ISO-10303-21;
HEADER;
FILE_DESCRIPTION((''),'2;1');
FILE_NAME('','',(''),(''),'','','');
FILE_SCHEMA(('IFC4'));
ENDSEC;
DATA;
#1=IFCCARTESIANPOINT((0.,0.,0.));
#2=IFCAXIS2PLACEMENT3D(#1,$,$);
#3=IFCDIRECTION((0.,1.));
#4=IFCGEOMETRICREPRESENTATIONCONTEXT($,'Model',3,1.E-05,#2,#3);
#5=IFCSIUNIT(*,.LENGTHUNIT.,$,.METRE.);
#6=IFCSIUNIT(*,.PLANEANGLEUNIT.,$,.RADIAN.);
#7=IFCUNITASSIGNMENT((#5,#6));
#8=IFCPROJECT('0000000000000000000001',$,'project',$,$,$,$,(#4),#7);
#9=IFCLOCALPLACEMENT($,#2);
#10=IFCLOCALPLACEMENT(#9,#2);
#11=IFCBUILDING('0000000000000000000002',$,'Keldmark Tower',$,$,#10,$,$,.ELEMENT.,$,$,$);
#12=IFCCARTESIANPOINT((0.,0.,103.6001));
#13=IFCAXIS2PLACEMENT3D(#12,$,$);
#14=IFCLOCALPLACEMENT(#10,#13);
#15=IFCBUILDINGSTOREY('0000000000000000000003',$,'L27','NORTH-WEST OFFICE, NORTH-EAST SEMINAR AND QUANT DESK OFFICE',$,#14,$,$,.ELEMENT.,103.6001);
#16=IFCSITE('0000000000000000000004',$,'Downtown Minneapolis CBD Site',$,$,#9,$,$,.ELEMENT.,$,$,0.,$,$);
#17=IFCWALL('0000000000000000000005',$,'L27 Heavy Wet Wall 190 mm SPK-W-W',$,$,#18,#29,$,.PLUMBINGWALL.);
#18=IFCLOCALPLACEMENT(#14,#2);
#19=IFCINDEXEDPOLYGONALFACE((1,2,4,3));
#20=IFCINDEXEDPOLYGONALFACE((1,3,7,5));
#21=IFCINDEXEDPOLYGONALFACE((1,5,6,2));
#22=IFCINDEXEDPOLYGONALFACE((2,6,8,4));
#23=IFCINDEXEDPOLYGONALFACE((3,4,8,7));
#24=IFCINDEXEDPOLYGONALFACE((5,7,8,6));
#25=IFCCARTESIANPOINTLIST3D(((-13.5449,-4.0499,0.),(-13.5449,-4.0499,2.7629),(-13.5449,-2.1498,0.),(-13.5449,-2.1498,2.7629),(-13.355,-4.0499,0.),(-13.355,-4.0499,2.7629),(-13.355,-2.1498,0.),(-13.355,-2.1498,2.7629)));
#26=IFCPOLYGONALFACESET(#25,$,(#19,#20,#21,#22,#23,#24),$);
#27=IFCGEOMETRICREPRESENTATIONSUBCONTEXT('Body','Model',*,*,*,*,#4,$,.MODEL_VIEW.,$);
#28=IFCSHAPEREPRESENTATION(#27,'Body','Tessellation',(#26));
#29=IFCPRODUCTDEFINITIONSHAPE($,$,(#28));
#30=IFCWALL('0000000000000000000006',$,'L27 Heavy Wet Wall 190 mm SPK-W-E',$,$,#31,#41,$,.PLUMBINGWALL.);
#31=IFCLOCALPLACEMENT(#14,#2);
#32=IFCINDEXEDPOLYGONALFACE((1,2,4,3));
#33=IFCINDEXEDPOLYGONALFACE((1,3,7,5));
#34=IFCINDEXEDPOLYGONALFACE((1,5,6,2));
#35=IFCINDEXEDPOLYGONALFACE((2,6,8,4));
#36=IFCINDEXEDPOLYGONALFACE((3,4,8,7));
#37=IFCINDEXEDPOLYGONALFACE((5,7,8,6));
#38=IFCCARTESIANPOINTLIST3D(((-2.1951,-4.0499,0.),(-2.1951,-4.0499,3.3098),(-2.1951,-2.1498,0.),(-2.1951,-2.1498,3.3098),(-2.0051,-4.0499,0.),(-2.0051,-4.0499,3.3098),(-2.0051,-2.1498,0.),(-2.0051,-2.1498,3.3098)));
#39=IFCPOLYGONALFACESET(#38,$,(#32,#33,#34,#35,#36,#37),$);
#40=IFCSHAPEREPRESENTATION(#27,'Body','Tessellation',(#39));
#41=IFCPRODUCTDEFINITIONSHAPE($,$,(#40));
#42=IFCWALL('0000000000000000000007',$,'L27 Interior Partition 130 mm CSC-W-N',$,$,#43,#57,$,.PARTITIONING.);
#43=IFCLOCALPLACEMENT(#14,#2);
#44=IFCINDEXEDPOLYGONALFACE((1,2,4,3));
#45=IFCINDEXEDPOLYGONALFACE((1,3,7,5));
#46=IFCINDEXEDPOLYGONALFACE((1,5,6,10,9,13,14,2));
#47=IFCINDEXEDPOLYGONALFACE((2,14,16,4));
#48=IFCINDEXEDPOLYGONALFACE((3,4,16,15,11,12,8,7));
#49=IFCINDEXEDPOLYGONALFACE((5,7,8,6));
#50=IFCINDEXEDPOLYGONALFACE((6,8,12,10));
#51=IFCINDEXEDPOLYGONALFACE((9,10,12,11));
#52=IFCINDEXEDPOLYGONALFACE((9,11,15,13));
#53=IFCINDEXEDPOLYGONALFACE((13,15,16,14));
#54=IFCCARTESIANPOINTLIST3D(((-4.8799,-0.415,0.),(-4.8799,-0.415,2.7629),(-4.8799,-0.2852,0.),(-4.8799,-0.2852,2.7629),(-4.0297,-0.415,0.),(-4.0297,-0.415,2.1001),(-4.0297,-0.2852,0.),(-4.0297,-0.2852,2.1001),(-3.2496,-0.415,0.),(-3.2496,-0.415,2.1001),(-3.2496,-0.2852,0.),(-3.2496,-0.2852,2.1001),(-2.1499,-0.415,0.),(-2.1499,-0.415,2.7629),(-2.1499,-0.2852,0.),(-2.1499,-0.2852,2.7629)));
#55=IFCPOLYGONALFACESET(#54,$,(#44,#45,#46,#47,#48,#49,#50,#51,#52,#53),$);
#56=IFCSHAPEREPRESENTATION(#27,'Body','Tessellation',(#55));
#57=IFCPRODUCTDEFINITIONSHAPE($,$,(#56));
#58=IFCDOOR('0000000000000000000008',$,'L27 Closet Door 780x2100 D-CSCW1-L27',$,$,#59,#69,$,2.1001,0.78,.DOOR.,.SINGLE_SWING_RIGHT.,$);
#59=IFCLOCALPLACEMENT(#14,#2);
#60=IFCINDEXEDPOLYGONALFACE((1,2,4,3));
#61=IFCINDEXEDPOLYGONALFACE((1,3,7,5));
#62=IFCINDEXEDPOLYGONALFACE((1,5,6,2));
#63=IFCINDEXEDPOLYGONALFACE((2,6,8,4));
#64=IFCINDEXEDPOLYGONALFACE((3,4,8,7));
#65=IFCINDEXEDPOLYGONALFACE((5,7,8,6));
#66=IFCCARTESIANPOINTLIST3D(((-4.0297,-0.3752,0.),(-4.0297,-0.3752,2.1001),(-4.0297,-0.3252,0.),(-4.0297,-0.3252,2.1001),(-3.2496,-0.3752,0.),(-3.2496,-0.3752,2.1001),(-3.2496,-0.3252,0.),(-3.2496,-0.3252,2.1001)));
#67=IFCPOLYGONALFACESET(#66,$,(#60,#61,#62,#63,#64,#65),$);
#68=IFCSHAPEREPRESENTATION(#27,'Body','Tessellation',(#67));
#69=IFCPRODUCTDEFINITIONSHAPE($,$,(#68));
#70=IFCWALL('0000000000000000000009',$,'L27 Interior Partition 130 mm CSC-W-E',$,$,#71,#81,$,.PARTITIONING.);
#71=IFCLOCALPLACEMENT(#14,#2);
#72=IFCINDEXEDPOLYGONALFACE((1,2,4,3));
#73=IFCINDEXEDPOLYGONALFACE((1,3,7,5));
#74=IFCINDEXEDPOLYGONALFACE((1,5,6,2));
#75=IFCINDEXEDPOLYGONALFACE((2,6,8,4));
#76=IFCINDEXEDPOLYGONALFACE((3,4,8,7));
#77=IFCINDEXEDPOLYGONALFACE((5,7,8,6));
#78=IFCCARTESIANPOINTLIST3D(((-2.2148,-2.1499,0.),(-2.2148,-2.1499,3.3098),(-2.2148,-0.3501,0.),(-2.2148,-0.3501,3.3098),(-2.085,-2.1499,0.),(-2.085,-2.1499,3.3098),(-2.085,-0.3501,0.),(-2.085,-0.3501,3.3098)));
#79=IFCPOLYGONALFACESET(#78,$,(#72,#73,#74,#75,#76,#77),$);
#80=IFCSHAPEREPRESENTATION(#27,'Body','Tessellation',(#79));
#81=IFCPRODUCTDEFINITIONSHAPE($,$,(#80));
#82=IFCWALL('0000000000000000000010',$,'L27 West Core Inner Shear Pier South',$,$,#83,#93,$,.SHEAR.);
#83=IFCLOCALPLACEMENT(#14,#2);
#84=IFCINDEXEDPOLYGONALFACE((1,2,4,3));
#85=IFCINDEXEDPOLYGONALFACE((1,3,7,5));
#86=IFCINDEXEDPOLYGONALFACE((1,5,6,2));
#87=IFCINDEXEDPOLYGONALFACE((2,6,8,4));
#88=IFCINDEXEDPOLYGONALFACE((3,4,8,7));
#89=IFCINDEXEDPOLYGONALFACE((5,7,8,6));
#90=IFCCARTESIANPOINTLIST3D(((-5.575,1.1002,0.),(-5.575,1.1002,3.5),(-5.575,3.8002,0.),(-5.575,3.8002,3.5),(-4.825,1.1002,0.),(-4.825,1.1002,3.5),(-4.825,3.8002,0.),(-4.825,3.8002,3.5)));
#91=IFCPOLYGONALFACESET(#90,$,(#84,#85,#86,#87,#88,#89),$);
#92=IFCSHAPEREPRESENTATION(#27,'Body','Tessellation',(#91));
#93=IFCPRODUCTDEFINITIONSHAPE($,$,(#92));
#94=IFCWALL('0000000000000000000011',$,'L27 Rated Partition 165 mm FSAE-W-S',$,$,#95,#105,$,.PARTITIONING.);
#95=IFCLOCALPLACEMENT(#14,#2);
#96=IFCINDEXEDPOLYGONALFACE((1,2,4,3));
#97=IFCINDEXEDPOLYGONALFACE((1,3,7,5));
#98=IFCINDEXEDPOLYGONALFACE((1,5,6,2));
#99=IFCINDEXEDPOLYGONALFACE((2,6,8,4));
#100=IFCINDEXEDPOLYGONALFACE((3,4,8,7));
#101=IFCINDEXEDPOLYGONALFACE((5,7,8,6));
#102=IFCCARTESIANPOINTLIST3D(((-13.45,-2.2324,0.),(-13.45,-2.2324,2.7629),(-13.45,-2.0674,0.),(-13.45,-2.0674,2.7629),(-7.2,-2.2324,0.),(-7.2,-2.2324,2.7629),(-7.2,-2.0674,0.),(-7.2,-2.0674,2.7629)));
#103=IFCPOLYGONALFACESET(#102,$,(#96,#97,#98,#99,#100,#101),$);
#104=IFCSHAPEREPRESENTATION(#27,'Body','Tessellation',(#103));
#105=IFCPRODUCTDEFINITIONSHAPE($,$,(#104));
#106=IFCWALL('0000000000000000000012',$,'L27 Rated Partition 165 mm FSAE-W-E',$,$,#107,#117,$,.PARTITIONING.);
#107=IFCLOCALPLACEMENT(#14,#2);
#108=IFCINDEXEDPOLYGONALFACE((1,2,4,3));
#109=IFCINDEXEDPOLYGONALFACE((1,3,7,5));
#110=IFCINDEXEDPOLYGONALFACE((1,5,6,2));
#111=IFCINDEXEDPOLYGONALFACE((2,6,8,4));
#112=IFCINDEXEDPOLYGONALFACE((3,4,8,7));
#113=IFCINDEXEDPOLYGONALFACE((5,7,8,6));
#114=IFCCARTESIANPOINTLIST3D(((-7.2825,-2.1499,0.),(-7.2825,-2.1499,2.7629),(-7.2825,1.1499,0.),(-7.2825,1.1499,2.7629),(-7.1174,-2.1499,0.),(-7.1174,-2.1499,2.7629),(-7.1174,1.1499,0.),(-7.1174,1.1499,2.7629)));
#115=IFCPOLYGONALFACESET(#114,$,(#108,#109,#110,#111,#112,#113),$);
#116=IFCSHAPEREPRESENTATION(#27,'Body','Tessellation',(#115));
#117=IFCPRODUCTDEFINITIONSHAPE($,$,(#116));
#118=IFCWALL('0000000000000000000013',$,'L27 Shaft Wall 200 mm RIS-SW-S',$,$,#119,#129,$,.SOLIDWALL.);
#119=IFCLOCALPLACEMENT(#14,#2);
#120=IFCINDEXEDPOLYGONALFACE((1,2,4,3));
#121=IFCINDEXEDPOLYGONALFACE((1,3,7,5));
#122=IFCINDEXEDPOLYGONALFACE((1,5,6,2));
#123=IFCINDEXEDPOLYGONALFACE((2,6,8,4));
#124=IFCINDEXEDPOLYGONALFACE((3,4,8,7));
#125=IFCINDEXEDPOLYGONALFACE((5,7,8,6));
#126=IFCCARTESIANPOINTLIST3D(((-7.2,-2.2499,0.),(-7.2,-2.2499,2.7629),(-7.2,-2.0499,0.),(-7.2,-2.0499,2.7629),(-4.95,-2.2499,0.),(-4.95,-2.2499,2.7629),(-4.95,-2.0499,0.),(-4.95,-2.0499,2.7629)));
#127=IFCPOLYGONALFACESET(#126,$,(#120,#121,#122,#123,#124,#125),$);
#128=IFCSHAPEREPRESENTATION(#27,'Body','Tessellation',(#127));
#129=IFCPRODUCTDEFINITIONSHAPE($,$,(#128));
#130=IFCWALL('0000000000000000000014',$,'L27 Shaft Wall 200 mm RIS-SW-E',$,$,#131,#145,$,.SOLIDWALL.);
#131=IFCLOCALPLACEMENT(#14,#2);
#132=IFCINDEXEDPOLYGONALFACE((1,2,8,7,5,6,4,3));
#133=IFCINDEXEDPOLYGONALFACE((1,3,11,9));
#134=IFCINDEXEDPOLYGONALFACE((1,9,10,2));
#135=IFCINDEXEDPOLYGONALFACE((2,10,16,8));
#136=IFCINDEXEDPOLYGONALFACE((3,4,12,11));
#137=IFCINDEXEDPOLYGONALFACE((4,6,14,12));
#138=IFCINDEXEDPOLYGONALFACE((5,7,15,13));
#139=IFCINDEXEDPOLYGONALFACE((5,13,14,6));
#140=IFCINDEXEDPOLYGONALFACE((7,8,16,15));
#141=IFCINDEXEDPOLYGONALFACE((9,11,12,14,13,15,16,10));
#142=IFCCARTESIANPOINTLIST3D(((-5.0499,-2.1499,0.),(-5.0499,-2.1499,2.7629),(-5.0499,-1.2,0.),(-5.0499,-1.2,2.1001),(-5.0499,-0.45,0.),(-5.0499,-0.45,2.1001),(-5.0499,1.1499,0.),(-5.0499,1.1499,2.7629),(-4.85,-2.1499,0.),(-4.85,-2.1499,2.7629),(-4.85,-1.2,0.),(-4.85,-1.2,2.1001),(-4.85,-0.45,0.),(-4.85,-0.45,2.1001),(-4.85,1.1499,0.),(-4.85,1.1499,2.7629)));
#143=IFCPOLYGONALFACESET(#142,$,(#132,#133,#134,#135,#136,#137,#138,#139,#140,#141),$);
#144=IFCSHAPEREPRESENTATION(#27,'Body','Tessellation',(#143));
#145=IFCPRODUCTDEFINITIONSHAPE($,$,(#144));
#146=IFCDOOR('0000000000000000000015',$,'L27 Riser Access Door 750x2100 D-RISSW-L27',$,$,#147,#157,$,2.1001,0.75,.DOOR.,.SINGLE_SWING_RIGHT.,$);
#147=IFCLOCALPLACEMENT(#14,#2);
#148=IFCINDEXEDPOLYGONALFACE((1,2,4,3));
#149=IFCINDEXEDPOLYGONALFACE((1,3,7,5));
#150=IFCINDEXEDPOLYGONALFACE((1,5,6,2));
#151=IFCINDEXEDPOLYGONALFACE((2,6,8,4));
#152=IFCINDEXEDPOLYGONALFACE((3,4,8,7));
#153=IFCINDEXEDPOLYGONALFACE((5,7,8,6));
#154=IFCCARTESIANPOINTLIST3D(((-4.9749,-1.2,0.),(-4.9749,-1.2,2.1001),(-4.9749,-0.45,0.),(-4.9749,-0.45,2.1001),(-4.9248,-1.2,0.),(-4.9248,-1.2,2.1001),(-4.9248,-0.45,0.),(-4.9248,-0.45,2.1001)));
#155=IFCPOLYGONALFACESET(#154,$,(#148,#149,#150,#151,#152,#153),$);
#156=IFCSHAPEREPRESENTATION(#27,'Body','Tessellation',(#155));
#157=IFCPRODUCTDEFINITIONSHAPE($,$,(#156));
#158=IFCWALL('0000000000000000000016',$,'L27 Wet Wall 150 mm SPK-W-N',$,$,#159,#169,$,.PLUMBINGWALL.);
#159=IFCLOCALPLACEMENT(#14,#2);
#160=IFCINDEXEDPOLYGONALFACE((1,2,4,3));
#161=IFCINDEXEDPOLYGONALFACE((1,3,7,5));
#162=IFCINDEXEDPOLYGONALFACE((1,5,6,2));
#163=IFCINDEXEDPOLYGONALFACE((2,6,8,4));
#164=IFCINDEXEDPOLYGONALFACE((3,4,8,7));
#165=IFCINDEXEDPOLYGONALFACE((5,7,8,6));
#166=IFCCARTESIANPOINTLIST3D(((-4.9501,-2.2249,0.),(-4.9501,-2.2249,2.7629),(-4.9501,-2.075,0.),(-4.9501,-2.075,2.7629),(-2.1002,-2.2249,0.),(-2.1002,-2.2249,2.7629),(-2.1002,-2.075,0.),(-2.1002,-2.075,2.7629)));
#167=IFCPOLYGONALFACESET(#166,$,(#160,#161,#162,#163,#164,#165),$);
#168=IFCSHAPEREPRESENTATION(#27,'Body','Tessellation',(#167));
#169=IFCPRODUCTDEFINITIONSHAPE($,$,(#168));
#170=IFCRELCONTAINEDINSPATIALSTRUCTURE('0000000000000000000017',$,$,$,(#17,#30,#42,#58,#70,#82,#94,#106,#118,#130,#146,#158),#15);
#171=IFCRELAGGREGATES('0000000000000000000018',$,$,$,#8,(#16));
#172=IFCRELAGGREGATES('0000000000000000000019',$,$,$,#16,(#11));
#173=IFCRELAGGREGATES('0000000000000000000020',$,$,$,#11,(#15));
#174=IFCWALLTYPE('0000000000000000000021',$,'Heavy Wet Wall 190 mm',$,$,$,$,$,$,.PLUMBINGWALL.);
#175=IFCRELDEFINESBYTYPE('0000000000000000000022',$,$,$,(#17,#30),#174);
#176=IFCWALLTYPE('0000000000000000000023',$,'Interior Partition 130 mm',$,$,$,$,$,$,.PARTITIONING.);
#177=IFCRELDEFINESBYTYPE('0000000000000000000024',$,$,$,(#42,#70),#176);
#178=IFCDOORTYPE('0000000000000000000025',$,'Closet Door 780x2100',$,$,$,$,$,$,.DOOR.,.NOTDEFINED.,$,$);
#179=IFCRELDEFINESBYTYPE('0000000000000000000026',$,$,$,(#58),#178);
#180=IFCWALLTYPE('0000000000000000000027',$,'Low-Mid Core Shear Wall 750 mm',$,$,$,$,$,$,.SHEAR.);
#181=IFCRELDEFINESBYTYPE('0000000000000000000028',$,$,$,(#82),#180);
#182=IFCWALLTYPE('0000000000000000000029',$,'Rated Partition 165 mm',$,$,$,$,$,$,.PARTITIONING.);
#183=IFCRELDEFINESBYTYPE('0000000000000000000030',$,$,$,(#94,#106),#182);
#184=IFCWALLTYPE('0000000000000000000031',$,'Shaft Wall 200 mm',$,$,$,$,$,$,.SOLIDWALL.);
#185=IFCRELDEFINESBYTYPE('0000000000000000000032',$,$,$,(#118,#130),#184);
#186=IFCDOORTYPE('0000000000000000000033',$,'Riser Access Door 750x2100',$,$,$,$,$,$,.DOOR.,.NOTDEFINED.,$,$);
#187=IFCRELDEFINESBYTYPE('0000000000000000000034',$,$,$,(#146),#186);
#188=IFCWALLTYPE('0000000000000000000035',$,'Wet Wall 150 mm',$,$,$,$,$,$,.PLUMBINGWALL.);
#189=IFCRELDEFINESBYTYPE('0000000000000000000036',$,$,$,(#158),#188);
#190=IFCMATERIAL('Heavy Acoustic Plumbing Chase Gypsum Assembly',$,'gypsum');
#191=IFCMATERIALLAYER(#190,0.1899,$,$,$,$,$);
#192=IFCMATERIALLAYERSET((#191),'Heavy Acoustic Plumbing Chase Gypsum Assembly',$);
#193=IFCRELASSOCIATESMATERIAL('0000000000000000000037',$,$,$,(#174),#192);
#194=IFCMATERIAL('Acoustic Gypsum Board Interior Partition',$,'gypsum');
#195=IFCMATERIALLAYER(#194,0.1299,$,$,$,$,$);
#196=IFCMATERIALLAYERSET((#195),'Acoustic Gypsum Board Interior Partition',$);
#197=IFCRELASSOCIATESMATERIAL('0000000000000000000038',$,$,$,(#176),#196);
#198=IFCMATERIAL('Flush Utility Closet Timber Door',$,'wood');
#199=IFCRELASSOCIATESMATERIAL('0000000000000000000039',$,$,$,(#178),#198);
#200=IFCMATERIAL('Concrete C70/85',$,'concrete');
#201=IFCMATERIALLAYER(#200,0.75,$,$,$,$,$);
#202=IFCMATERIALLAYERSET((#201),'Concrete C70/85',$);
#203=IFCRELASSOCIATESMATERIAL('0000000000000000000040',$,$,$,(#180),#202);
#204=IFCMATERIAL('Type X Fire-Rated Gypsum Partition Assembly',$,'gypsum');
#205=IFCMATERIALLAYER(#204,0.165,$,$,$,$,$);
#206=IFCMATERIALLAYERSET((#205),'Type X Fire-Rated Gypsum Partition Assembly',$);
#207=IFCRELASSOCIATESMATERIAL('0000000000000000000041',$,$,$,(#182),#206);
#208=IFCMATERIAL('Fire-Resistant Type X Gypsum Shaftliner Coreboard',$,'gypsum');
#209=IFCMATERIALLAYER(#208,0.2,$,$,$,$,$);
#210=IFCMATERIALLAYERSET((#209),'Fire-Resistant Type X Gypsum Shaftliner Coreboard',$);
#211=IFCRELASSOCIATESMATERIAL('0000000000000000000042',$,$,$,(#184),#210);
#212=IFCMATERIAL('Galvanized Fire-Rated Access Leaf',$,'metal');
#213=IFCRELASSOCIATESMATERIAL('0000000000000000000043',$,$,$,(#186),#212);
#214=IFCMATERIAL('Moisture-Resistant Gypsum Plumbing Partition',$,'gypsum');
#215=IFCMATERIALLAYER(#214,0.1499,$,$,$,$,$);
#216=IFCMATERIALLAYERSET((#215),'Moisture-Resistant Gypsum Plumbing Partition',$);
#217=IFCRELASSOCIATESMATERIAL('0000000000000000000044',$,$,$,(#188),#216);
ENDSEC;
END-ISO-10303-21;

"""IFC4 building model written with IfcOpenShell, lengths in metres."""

from ifc_helpers import new_model, si_unit, direction, frame, frame_2d, origin, place, context, subcontext, project, spatial, rectangle, extrude, material, layer, layer_set, type_object, element, fill, save


model = new_model("IFC4")

# Units and contexts
model_context = context("Model", 3, precision=1e-05, world=origin(), true_north=direction((0.0, 1.0)))
body_context = subcontext(model_context, "Body", "Model", "MODEL_VIEW")
ifc_project = project(units=[si_unit("LENGTHUNIT", "METRE"), si_unit("PLANEANGLEUNIT", "RADIAN")], contexts=[model_context])

# Site, building, storey
site_placement = place(None, origin())
site = spatial("IfcSite", under=ifc_project, at=site_placement, Name="Downtown Minneapolis CBD Site", CompositionType="ELEMENT", RefElevation=0.0)
building_placement = place(site_placement, origin())
building = spatial("IfcBuilding", under=site, at=building_placement, Name="Keldmark Tower", CompositionType="ELEMENT")
storey_placement = place(building_placement, frame((0.0, 0.0, 103.6001)))
storey = spatial("IfcBuildingStorey", under=building, at=storey_placement, Name="L27", Description="NORTH-WEST OFFICE, NORTH-EAST SEMINAR AND QUANT DESK OFFICE", CompositionType="ELEMENT", Elevation=103.6001)

# Shared definitions
ifc_material_1 = material(Name="Heavy Acoustic Plumbing Chase Gypsum Assembly", Category="gypsum")
ifc_layer_1 = layer(ifc_material_1, 0.1899)
ifc_layer_set_1 = layer_set([ifc_layer_1], Name="Heavy Acoustic Plumbing Chase Gypsum Assembly")
wall_type_1 = type_object("IfcWallType", Name="Heavy Wet Wall 190 mm", PredefinedType="PLUMBINGWALL", material=ifc_layer_set_1)

# Walls
wall_1_placement = place(storey_placement, frame((-13.45, -4.05, 0.0), z_axis=(0.0, 0.0, 1.0), x_axis=(0.0, 1.0, 0.0)))
element("IfcWall", 1, at=wall_1_placement, inside=storey, type_object=wall_type_1, Name="L27 Heavy Wet Wall 190 mm SPK-W-W", PredefinedType="PLUMBINGWALL", context=body_context, shape_type="SweptSolid", body=[
    extrude(rectangle(XDim=1.9001, YDim=0.1899, at=frame_2d((0.9502, 0.0))), origin(), (0.0, 0.0, 1.0), 2.7629),
])
wall_2_placement = place(storey_placement, frame((-2.1001, -4.05, 0.0), z_axis=(0.0, 0.0, 1.0), x_axis=(0.0, 1.0, 0.0)))
element("IfcWall", 2, at=wall_2_placement, inside=storey, type_object=wall_type_1, Name="L27 Heavy Wet Wall 190 mm SPK-W-E", PredefinedType="PLUMBINGWALL", context=body_context, shape_type="SweptSolid", body=[
    extrude(rectangle(XDim=1.9001, YDim=0.1899, at=frame_2d((0.9502, 0.0))), origin(), (0.0, 0.0, 1.0), 3.3098),
])

# Wall, opening, door
ifc_material_2 = material(Name="Acoustic Gypsum Board Interior Partition", Category="gypsum")
ifc_layer_2 = layer(ifc_material_2, 0.1299)
ifc_layer_set_2 = layer_set([ifc_layer_2], Name="Acoustic Gypsum Board Interior Partition")
wall_type_2 = type_object("IfcWallType", Name="Interior Partition 130 mm", PredefinedType="PARTITIONING", material=ifc_layer_set_2)
wall_3_placement = place(storey_placement, frame((-4.8799, -0.3501, 0.0), z_axis=(0.0, 0.0, 1.0), x_axis=(1.0, 0.0, 0.0)))
wall_3 = element("IfcWall", 3, at=wall_3_placement, inside=storey, type_object=wall_type_2, Name="L27 Interior Partition 130 mm CSC-W-N", PredefinedType="PARTITIONING", context=body_context, shape_type="SweptSolid", body=[
    extrude(rectangle(XDim=2.73, YDim=0.1299, at=frame_2d((1.365, 0.0))), origin(), (0.0, 0.0, 1.0), 2.7629),
])
opening_1_placement = place(wall_3_placement, frame((0.8501, 0.0, 0.0)))
opening_1 = element("IfcOpeningElement", 4, at=opening_1_placement, cuts=wall_3, PredefinedType="OPENING", context=body_context, shape_type="SweptSolid", body=[
    extrude(rectangle(XDim=0.78, YDim=2.1001, at=frame_2d((0.3901, 1.05))), frame((0.0, 0.075, 0.0), z_axis=(0.0, -1.0, 0.0), x_axis=(1.0, 0.0, 0.0)), (0.0, 0.0, 1.0), 0.1499),
])
ifc_material_3 = material(Name="Flush Utility Closet Timber Door", Category="wood")
door_type_1 = type_object("IfcDoorType", Name="Closet Door 780x2100", OperationType="NOTDEFINED", PredefinedType="DOOR", material=ifc_material_3)
door_1_placement = place(opening_1_placement, origin())
door_1 = element("IfcDoor", 5, at=door_1_placement, inside=storey, type_object=door_type_1, Name="L27 Closet Door 780x2100 D-CSCW1-L27", OperationType="SINGLE_SWING_RIGHT", OverallHeight=2.1001, OverallWidth=0.78, PredefinedType="DOOR", context=body_context, shape_type="SweptSolid", body=[
    extrude(rectangle(XDim=0.78, YDim=2.1001, at=frame_2d((0.3901, 1.05))), frame((0.0, 0.0249, 0.0), z_axis=(0.0, -1.0, 0.0), x_axis=(1.0, 0.0, 0.0)), (0.0, 0.0, 1.0), 0.05),
])
fill(opening_1, door_1)

# Walls
wall_4_placement = place(storey_placement, frame((-2.1499, -2.1499, 0.0), z_axis=(0.0, 0.0, 1.0), x_axis=(0.0, 1.0, 0.0)))
element("IfcWall", 6, at=wall_4_placement, inside=storey, type_object=wall_type_2, Name="L27 Interior Partition 130 mm CSC-W-E", PredefinedType="PARTITIONING", context=body_context, shape_type="SweptSolid", body=[
    extrude(rectangle(XDim=1.7998, YDim=0.1299, at=frame_2d((0.8999, 0.0))), origin(), (0.0, 0.0, 1.0), 3.3098),
])
ifc_material_4 = material(Name="Concrete C70/85", Category="concrete")
ifc_layer_3 = layer(ifc_material_4, 0.75)
ifc_layer_set_3 = layer_set([ifc_layer_3], Name="Concrete C70/85")
wall_type_3 = type_object("IfcWallType", Name="Low-Mid Core Shear Wall 750 mm", PredefinedType="SHEAR", material=ifc_layer_set_3)
wall_5_placement = place(storey_placement, frame((-5.2, 1.1001, 0.0), z_axis=(0.0, 0.0, 1.0), x_axis=(0.0, 1.0, 0.0)))
element("IfcWall", 7, at=wall_5_placement, inside=storey, type_object=wall_type_3, Name="L27 West Core Inner Shear Pier South", PredefinedType="SHEAR", context=body_context, shape_type="SweptSolid", body=[
    extrude(rectangle(XDim=2.7, YDim=0.75, at=frame_2d((1.3501, 0.0))), origin(), (0.0, 0.0, 1.0), 3.5),
])
ifc_material_5 = material(Name="Type X Fire-Rated Gypsum Partition Assembly", Category="gypsum")
ifc_layer_4 = layer(ifc_material_5, 0.165)
ifc_layer_set_4 = layer_set([ifc_layer_4], Name="Type X Fire-Rated Gypsum Partition Assembly")
wall_type_4 = type_object("IfcWallType", Name="Rated Partition 165 mm", PredefinedType="PARTITIONING", material=ifc_layer_set_4)
wall_6_placement = place(storey_placement, frame((-13.45, -2.1499, 0.0), z_axis=(0.0, 0.0, 1.0), x_axis=(1.0, 0.0, 0.0)))
element("IfcWall", 8, at=wall_6_placement, inside=storey, type_object=wall_type_4, Name="L27 Rated Partition 165 mm FSAE-W-S", PredefinedType="PARTITIONING", context=body_context, shape_type="SweptSolid", body=[
    extrude(rectangle(XDim=6.25, YDim=0.165, at=frame_2d((3.125, 0.0))), origin(), (0.0, 0.0, 1.0), 2.7629),
])

# Walls
wall_7_placement = place(storey_placement, frame((-7.2, -2.1499, 0.0), z_axis=(0.0, 0.0, 1.0), x_axis=(0.0, 1.0, 0.0)))
element("IfcWall", 9, at=wall_7_placement, inside=storey, type_object=wall_type_4, Name="L27 Rated Partition 165 mm FSAE-W-E", PredefinedType="PARTITIONING", context=body_context, shape_type="SweptSolid", body=[
    extrude(rectangle(XDim=3.2998, YDim=0.165, at=frame_2d((1.6499, 0.0))), origin(), (0.0, 0.0, 1.0), 2.7629),
])
ifc_material_6 = material(Name="Fire-Resistant Type X Gypsum Shaftliner Coreboard", Category="gypsum")
ifc_layer_5 = layer(ifc_material_6, 0.2)
ifc_layer_set_5 = layer_set([ifc_layer_5], Name="Fire-Resistant Type X Gypsum Shaftliner Coreboard")
wall_type_5 = type_object("IfcWallType", Name="Shaft Wall 200 mm", PredefinedType="SOLIDWALL", material=ifc_layer_set_5)
wall_8_placement = place(storey_placement, frame((-7.2, -2.1499, 0.0), z_axis=(0.0, 0.0, 1.0), x_axis=(1.0, 0.0, 0.0)))
element("IfcWall", 10, at=wall_8_placement, inside=storey, type_object=wall_type_5, Name="L27 Shaft Wall 200 mm RIS-SW-S", PredefinedType="SOLIDWALL", context=body_context, shape_type="SweptSolid", body=[
    extrude(rectangle(XDim=2.25, YDim=0.2, at=frame_2d((1.125, 0.0))), origin(), (0.0, 0.0, 1.0), 2.7629),
])

# Wall, opening, door
wall_9_placement = place(storey_placement, frame((-4.95, -2.1499, 0.0), z_axis=(0.0, 0.0, 1.0), x_axis=(0.0, 1.0, 0.0)))
wall_9 = element("IfcWall", 11, at=wall_9_placement, inside=storey, type_object=wall_type_5, Name="L27 Shaft Wall 200 mm RIS-SW-E", PredefinedType="SOLIDWALL", context=body_context, shape_type="SweptSolid", body=[
    extrude(rectangle(XDim=3.2998, YDim=0.2, at=frame_2d((1.6499, 0.0))), origin(), (0.0, 0.0, 1.0), 2.7629),
])
opening_2_placement = place(wall_9_placement, frame((0.95, 0.0, 0.0)))
opening_2 = element("IfcOpeningElement", 12, at=opening_2_placement, cuts=wall_9, PredefinedType="OPENING", context=body_context, shape_type="SweptSolid", body=[
    extrude(rectangle(XDim=0.75, YDim=2.1001, at=frame_2d((0.375, 1.05))), frame((0.0, 0.1099, 0.0), z_axis=(0.0, -1.0, 0.0), x_axis=(1.0, 0.0, 0.0)), (0.0, 0.0, 1.0), 0.22),
])
ifc_material_7 = material(Name="Galvanized Fire-Rated Access Leaf", Category="metal")
door_type_2 = type_object("IfcDoorType", Name="Riser Access Door 750x2100", OperationType="NOTDEFINED", PredefinedType="DOOR", material=ifc_material_7)
door_2_placement = place(opening_2_placement, origin())
door_2 = element("IfcDoor", 13, at=door_2_placement, inside=storey, type_object=door_type_2, Name="L27 Riser Access Door 750x2100 D-RISSW-L27", OperationType="SINGLE_SWING_RIGHT", OverallHeight=2.1001, OverallWidth=0.75, PredefinedType="DOOR", context=body_context, shape_type="SweptSolid", body=[
    extrude(rectangle(XDim=0.75, YDim=2.1001, at=frame_2d((0.375, 1.05))), frame((0.0, 0.0249, 0.0), z_axis=(0.0, -1.0, 0.0), x_axis=(1.0, 0.0, 0.0)), (0.0, 0.0, 1.0), 0.05),
])
fill(opening_2, door_2)

# Wall
ifc_material_8 = material(Name="Moisture-Resistant Gypsum Plumbing Partition", Category="gypsum")
ifc_layer_6 = layer(ifc_material_8, 0.1499)
ifc_layer_set_6 = layer_set([ifc_layer_6], Name="Moisture-Resistant Gypsum Plumbing Partition")
wall_type_6 = type_object("IfcWallType", Name="Wet Wall 150 mm", PredefinedType="PLUMBINGWALL", material=ifc_layer_set_6)
wall_10_placement = place(storey_placement, frame((-4.95, -2.1499, 0.0), z_axis=(0.0, 0.0, 1.0), x_axis=(1.0, 0.0, 0.0)))
element("IfcWall", 14, at=wall_10_placement, inside=storey, type_object=wall_type_6, Name="L27 Wet Wall 150 mm SPK-W-N", PredefinedType="PLUMBINGWALL", context=body_context, shape_type="SweptSolid", body=[
    extrude(rectangle(XDim=2.8499, YDim=0.1499, at=frame_2d((1.4248, 0.0))), origin(), (0.0, 0.0, 1.0), 2.7629),
])

save(model, "model.ifc")
